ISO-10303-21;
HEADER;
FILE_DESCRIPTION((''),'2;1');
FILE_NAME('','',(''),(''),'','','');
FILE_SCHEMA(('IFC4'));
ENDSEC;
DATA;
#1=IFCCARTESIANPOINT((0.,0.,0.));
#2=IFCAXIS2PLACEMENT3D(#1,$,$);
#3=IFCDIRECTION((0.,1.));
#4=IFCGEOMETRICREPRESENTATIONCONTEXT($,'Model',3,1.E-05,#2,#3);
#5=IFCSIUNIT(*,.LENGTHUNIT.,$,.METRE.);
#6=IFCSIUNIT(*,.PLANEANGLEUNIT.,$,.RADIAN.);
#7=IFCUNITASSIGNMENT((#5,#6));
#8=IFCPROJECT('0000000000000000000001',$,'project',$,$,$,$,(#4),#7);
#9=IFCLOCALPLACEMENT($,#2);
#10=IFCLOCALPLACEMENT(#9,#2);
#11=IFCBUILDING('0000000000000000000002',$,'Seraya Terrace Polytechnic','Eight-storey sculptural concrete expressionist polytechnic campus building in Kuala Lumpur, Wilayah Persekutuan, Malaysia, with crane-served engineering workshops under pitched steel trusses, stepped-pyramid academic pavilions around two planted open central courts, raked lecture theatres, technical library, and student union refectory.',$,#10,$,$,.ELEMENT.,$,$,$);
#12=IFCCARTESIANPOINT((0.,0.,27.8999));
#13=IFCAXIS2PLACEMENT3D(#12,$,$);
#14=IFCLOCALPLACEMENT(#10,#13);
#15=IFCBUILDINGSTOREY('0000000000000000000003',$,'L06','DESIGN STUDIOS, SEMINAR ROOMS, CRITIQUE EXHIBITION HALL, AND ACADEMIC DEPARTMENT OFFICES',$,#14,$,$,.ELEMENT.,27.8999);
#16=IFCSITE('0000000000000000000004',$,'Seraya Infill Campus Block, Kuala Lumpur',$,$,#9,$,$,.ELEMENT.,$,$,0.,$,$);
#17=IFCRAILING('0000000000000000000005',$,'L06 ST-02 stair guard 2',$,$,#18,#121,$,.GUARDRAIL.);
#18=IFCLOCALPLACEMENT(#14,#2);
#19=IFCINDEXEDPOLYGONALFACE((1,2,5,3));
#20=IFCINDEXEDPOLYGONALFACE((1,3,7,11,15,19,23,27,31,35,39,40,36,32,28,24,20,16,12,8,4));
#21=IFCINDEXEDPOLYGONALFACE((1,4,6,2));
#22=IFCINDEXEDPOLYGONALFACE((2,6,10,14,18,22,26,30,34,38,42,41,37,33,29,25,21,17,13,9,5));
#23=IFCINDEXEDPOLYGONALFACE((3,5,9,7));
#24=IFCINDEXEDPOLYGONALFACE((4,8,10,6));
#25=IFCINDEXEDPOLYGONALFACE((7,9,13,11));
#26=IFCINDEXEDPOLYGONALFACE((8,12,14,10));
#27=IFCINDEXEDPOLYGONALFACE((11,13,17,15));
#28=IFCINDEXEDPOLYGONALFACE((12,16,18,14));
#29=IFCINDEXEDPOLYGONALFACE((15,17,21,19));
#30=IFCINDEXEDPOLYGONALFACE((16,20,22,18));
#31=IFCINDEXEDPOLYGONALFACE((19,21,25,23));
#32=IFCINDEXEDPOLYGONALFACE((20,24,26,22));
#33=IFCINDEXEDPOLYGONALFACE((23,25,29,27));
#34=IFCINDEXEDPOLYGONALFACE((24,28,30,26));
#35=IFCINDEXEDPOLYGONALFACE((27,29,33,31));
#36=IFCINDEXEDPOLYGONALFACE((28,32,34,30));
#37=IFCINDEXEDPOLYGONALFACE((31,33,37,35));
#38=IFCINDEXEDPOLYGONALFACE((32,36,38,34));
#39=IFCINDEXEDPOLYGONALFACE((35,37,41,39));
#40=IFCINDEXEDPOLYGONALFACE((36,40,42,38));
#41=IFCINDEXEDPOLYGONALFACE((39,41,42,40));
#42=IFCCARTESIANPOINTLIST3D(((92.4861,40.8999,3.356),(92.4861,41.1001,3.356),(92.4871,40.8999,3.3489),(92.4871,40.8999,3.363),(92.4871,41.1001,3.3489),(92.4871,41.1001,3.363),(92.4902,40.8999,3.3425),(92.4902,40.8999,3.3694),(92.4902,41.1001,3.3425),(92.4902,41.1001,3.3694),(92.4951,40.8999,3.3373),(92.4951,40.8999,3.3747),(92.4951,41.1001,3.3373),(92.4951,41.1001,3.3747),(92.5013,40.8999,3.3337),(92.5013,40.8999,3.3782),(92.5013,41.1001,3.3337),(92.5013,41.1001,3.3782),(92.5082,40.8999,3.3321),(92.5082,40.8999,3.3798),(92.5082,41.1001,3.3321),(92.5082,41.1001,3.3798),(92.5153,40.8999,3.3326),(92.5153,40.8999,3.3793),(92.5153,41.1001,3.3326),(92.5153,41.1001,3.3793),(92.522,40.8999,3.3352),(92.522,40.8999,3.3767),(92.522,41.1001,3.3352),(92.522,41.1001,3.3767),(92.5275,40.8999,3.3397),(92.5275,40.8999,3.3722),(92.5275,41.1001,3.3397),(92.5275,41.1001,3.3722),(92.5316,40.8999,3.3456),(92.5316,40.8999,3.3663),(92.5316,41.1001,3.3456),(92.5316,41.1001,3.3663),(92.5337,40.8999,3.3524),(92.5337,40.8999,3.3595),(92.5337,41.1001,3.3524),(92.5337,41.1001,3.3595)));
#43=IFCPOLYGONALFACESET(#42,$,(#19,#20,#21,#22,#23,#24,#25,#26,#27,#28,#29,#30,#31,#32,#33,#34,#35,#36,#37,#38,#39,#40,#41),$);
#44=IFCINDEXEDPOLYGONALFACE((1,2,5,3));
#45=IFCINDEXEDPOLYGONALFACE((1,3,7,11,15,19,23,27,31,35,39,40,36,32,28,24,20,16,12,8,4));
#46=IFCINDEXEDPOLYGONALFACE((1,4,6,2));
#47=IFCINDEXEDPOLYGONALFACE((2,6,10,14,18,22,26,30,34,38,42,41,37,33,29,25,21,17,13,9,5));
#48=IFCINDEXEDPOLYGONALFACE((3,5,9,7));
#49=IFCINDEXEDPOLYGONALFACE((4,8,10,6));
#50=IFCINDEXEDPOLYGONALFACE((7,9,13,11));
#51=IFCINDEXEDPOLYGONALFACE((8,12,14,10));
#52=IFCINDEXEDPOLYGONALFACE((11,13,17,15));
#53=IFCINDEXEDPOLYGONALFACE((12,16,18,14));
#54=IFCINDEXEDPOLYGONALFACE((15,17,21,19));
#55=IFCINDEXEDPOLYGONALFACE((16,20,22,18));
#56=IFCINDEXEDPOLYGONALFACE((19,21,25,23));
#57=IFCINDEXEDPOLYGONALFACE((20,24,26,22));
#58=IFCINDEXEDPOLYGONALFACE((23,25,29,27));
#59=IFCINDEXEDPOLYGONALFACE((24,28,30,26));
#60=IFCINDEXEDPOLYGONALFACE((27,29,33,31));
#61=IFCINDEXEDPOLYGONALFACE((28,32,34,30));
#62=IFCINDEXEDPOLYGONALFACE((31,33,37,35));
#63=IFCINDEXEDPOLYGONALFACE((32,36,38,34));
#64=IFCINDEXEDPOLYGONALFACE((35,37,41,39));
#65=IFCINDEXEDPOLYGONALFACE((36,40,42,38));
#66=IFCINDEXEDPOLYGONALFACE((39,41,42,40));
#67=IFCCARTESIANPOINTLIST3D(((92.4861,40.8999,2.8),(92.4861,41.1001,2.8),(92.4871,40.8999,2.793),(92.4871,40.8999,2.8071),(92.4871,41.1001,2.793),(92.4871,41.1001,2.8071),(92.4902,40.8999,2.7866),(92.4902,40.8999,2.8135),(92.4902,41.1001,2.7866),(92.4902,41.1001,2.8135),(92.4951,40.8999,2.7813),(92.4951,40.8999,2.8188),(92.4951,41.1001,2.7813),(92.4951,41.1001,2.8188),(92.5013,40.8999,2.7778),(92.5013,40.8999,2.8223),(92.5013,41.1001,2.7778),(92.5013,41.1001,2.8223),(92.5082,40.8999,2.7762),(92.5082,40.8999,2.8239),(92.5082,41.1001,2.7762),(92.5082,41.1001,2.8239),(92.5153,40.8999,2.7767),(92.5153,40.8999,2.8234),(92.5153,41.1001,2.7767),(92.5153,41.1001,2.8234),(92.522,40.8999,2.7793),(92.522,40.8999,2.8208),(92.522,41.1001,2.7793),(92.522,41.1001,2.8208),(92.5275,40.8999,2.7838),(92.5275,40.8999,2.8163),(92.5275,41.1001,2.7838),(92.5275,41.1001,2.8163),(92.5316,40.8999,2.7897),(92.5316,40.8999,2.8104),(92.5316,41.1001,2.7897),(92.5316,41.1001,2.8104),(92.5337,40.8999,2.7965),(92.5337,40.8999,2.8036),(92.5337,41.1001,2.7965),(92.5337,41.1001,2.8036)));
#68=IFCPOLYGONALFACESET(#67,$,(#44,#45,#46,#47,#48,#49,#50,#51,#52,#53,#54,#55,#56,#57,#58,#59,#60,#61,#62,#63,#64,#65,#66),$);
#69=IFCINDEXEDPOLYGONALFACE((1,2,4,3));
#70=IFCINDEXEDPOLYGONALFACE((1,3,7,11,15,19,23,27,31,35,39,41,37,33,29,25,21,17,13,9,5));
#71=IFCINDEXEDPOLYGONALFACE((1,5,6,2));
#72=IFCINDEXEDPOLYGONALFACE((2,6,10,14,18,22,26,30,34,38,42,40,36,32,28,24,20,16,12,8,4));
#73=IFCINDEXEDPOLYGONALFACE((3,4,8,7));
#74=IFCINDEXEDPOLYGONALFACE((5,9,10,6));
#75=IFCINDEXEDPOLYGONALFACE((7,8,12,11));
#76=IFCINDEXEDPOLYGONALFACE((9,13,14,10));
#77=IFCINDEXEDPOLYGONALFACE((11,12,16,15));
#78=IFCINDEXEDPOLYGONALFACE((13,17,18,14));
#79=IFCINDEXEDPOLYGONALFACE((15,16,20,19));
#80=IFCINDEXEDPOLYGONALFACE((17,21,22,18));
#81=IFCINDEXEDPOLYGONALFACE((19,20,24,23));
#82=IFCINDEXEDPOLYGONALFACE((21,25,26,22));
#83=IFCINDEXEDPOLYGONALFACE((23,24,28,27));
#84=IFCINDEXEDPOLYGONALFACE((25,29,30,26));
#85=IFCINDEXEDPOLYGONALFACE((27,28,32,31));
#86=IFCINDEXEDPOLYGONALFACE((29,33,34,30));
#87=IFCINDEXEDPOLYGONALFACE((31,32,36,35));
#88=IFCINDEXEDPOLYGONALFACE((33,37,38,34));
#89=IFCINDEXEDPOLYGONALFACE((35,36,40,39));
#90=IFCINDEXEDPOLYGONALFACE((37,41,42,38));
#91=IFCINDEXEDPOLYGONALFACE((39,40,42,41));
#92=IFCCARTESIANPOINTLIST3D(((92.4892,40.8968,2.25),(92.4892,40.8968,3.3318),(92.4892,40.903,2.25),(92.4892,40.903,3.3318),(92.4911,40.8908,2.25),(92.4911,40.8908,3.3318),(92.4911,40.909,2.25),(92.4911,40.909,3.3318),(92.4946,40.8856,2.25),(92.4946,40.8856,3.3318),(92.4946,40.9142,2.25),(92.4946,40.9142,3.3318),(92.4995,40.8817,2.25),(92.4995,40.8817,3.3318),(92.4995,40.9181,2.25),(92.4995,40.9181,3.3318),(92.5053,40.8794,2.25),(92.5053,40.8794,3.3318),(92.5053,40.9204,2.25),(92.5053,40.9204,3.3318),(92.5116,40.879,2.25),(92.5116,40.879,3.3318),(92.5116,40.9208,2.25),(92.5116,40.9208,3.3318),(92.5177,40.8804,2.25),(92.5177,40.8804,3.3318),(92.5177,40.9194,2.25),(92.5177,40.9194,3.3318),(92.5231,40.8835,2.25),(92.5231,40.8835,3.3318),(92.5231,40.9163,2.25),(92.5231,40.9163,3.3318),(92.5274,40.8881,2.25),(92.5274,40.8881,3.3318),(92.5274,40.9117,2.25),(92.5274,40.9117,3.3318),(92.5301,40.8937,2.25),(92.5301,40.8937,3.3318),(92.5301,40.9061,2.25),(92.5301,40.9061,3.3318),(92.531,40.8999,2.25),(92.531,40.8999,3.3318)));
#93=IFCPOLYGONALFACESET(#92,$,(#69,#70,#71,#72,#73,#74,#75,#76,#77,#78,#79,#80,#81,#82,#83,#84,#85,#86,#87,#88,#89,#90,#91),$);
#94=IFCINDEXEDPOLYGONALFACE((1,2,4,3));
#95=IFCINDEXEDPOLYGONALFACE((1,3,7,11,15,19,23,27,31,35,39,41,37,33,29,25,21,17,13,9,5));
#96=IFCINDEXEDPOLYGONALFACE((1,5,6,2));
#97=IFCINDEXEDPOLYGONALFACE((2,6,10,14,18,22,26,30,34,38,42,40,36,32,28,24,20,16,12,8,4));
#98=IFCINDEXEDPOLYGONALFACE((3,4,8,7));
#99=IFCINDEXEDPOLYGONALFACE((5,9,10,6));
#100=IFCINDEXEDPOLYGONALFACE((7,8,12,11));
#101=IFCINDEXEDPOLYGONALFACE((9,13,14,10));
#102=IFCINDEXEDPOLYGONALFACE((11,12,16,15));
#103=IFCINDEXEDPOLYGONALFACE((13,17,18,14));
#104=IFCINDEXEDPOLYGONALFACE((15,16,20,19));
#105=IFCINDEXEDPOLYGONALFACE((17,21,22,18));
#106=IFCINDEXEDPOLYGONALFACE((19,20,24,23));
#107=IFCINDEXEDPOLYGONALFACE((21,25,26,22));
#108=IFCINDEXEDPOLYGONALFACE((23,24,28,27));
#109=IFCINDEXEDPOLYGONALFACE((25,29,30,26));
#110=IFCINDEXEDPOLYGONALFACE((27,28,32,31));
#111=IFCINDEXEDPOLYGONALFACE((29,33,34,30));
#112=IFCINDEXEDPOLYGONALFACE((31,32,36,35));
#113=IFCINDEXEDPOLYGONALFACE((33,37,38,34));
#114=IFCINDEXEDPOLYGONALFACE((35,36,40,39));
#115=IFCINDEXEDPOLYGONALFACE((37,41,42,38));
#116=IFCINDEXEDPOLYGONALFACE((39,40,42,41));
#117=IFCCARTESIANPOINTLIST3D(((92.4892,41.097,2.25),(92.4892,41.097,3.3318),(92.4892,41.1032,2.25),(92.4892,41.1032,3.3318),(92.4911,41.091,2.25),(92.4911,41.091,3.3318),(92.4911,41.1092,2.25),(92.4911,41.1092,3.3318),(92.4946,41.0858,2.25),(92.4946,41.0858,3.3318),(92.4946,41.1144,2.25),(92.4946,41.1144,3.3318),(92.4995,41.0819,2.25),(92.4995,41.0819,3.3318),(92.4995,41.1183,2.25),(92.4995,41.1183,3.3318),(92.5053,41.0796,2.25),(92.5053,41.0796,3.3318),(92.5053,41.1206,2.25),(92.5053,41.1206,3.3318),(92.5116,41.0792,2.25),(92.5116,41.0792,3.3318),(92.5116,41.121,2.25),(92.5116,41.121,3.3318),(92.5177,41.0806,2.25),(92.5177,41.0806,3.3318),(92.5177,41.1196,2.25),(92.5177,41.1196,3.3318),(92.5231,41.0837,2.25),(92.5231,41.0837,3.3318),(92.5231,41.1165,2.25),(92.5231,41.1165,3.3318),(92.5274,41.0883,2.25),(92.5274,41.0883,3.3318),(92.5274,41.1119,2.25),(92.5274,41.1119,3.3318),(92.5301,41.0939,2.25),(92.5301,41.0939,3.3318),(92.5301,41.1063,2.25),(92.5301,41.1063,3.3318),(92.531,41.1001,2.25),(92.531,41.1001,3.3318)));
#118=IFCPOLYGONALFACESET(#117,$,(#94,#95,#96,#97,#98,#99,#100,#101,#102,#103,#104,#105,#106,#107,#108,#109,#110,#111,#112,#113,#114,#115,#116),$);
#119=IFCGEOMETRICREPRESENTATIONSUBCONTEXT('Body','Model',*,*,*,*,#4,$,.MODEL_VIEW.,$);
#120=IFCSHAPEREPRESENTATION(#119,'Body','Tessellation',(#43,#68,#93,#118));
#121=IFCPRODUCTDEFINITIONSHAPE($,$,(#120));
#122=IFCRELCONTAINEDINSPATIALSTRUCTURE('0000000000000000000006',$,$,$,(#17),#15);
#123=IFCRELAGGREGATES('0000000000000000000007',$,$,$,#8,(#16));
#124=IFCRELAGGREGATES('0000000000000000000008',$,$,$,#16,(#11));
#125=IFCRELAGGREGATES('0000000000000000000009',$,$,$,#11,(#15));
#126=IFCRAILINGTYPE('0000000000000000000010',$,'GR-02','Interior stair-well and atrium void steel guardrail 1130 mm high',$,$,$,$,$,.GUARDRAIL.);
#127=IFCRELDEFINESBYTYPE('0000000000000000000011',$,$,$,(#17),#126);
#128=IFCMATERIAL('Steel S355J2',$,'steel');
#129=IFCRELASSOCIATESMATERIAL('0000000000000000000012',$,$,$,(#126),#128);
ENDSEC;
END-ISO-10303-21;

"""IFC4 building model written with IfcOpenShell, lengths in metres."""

from ifc_helpers import new_model, si_unit, direction, frame, origin, origin_2d, place, context, subcontext, project, spatial, circle, extrude, material, type_object, element, save


model = new_model("IFC4")

# Units and contexts
model_context = context("Model", 3, precision=1e-05, world=origin(), true_north=direction((0.0, 1.0)))
body_context = subcontext(model_context, "Body", "Model", "MODEL_VIEW")
ifc_project = project(units=[si_unit("LENGTHUNIT", "METRE"), si_unit("PLANEANGLEUNIT", "RADIAN")], contexts=[model_context])

# Site, building, storey
site_placement = place(None, origin())
site = spatial("IfcSite", under=ifc_project, at=site_placement, Name="Seraya Infill Campus Block, Kuala Lumpur", CompositionType="ELEMENT", RefElevation=0.0)
building_placement = place(site_placement, origin())
building = spatial("IfcBuilding", under=site, at=building_placement, Name="Seraya Terrace Polytechnic", Description="Eight-storey sculptural concrete expressionist polytechnic campus building in Kuala Lumpur, Wilayah Persekutuan, Malaysia, with crane-served engineering workshops under pitched steel trusses, stepped-pyramid academic pavilions around two planted open central courts, raked lecture theatres, technical library, and student union refectory.", CompositionType="ELEMENT")
storey_placement = place(building_placement, frame((0.0, 0.0, 27.8999)))
storey = spatial("IfcBuildingStorey", under=building, at=storey_placement, Name="L06", Description="DESIGN STUDIOS, SEMINAR ROOMS, CRITIQUE EXHIBITION HALL, AND ACADEMIC DEPARTMENT OFFICES", CompositionType="ELEMENT", Elevation=27.8999)

# Shared definitions
ifc_material_1 = material(Name="Steel S355J2", Category="steel")

# Railing
railing_type_1 = type_object("IfcRailingType", Name="GR-02", Description="Interior stair-well and atrium void steel guardrail 1130 mm high", PredefinedType="GUARDRAIL", material=ifc_material_1)
railing_1_placement = place(storey_placement, frame((92.51, 40.8999, 2.25)))
element("IfcRailing", 1, at=railing_1_placement, inside=storey, type_object=railing_type_1, Name="L06 ST-02 stair guard 2", PredefinedType="GUARDRAIL", context=body_context, shape_type="SweptSolid", body=[
    extrude(circle(Radius=0.0239, at=origin_2d()), frame((0.0, 0.0, 1.106), z_axis=(0.0, 1.0, 0.0), x_axis=(-1.0, 0.0, 0.0)), (0.0, 0.0, 1.0), 0.2002),
    extrude(circle(Radius=0.0239, at=origin_2d()), frame((0.0, 0.0, 0.55), z_axis=(0.0, 1.0, 0.0), x_axis=(-1.0, 0.0, 0.0)), (0.0, 0.0, 1.0), 0.2002),
    extrude(circle(Radius=0.021, at=origin_2d()), origin(), (0.0, 0.0, 1.0), 1.0818),
    extrude(circle(Radius=0.021, at=origin_2d()), frame((0.0, 0.2002, 0.0)), (0.0, 0.0, 1.0), 1.0818),
])

save(model, "model.ifc")
